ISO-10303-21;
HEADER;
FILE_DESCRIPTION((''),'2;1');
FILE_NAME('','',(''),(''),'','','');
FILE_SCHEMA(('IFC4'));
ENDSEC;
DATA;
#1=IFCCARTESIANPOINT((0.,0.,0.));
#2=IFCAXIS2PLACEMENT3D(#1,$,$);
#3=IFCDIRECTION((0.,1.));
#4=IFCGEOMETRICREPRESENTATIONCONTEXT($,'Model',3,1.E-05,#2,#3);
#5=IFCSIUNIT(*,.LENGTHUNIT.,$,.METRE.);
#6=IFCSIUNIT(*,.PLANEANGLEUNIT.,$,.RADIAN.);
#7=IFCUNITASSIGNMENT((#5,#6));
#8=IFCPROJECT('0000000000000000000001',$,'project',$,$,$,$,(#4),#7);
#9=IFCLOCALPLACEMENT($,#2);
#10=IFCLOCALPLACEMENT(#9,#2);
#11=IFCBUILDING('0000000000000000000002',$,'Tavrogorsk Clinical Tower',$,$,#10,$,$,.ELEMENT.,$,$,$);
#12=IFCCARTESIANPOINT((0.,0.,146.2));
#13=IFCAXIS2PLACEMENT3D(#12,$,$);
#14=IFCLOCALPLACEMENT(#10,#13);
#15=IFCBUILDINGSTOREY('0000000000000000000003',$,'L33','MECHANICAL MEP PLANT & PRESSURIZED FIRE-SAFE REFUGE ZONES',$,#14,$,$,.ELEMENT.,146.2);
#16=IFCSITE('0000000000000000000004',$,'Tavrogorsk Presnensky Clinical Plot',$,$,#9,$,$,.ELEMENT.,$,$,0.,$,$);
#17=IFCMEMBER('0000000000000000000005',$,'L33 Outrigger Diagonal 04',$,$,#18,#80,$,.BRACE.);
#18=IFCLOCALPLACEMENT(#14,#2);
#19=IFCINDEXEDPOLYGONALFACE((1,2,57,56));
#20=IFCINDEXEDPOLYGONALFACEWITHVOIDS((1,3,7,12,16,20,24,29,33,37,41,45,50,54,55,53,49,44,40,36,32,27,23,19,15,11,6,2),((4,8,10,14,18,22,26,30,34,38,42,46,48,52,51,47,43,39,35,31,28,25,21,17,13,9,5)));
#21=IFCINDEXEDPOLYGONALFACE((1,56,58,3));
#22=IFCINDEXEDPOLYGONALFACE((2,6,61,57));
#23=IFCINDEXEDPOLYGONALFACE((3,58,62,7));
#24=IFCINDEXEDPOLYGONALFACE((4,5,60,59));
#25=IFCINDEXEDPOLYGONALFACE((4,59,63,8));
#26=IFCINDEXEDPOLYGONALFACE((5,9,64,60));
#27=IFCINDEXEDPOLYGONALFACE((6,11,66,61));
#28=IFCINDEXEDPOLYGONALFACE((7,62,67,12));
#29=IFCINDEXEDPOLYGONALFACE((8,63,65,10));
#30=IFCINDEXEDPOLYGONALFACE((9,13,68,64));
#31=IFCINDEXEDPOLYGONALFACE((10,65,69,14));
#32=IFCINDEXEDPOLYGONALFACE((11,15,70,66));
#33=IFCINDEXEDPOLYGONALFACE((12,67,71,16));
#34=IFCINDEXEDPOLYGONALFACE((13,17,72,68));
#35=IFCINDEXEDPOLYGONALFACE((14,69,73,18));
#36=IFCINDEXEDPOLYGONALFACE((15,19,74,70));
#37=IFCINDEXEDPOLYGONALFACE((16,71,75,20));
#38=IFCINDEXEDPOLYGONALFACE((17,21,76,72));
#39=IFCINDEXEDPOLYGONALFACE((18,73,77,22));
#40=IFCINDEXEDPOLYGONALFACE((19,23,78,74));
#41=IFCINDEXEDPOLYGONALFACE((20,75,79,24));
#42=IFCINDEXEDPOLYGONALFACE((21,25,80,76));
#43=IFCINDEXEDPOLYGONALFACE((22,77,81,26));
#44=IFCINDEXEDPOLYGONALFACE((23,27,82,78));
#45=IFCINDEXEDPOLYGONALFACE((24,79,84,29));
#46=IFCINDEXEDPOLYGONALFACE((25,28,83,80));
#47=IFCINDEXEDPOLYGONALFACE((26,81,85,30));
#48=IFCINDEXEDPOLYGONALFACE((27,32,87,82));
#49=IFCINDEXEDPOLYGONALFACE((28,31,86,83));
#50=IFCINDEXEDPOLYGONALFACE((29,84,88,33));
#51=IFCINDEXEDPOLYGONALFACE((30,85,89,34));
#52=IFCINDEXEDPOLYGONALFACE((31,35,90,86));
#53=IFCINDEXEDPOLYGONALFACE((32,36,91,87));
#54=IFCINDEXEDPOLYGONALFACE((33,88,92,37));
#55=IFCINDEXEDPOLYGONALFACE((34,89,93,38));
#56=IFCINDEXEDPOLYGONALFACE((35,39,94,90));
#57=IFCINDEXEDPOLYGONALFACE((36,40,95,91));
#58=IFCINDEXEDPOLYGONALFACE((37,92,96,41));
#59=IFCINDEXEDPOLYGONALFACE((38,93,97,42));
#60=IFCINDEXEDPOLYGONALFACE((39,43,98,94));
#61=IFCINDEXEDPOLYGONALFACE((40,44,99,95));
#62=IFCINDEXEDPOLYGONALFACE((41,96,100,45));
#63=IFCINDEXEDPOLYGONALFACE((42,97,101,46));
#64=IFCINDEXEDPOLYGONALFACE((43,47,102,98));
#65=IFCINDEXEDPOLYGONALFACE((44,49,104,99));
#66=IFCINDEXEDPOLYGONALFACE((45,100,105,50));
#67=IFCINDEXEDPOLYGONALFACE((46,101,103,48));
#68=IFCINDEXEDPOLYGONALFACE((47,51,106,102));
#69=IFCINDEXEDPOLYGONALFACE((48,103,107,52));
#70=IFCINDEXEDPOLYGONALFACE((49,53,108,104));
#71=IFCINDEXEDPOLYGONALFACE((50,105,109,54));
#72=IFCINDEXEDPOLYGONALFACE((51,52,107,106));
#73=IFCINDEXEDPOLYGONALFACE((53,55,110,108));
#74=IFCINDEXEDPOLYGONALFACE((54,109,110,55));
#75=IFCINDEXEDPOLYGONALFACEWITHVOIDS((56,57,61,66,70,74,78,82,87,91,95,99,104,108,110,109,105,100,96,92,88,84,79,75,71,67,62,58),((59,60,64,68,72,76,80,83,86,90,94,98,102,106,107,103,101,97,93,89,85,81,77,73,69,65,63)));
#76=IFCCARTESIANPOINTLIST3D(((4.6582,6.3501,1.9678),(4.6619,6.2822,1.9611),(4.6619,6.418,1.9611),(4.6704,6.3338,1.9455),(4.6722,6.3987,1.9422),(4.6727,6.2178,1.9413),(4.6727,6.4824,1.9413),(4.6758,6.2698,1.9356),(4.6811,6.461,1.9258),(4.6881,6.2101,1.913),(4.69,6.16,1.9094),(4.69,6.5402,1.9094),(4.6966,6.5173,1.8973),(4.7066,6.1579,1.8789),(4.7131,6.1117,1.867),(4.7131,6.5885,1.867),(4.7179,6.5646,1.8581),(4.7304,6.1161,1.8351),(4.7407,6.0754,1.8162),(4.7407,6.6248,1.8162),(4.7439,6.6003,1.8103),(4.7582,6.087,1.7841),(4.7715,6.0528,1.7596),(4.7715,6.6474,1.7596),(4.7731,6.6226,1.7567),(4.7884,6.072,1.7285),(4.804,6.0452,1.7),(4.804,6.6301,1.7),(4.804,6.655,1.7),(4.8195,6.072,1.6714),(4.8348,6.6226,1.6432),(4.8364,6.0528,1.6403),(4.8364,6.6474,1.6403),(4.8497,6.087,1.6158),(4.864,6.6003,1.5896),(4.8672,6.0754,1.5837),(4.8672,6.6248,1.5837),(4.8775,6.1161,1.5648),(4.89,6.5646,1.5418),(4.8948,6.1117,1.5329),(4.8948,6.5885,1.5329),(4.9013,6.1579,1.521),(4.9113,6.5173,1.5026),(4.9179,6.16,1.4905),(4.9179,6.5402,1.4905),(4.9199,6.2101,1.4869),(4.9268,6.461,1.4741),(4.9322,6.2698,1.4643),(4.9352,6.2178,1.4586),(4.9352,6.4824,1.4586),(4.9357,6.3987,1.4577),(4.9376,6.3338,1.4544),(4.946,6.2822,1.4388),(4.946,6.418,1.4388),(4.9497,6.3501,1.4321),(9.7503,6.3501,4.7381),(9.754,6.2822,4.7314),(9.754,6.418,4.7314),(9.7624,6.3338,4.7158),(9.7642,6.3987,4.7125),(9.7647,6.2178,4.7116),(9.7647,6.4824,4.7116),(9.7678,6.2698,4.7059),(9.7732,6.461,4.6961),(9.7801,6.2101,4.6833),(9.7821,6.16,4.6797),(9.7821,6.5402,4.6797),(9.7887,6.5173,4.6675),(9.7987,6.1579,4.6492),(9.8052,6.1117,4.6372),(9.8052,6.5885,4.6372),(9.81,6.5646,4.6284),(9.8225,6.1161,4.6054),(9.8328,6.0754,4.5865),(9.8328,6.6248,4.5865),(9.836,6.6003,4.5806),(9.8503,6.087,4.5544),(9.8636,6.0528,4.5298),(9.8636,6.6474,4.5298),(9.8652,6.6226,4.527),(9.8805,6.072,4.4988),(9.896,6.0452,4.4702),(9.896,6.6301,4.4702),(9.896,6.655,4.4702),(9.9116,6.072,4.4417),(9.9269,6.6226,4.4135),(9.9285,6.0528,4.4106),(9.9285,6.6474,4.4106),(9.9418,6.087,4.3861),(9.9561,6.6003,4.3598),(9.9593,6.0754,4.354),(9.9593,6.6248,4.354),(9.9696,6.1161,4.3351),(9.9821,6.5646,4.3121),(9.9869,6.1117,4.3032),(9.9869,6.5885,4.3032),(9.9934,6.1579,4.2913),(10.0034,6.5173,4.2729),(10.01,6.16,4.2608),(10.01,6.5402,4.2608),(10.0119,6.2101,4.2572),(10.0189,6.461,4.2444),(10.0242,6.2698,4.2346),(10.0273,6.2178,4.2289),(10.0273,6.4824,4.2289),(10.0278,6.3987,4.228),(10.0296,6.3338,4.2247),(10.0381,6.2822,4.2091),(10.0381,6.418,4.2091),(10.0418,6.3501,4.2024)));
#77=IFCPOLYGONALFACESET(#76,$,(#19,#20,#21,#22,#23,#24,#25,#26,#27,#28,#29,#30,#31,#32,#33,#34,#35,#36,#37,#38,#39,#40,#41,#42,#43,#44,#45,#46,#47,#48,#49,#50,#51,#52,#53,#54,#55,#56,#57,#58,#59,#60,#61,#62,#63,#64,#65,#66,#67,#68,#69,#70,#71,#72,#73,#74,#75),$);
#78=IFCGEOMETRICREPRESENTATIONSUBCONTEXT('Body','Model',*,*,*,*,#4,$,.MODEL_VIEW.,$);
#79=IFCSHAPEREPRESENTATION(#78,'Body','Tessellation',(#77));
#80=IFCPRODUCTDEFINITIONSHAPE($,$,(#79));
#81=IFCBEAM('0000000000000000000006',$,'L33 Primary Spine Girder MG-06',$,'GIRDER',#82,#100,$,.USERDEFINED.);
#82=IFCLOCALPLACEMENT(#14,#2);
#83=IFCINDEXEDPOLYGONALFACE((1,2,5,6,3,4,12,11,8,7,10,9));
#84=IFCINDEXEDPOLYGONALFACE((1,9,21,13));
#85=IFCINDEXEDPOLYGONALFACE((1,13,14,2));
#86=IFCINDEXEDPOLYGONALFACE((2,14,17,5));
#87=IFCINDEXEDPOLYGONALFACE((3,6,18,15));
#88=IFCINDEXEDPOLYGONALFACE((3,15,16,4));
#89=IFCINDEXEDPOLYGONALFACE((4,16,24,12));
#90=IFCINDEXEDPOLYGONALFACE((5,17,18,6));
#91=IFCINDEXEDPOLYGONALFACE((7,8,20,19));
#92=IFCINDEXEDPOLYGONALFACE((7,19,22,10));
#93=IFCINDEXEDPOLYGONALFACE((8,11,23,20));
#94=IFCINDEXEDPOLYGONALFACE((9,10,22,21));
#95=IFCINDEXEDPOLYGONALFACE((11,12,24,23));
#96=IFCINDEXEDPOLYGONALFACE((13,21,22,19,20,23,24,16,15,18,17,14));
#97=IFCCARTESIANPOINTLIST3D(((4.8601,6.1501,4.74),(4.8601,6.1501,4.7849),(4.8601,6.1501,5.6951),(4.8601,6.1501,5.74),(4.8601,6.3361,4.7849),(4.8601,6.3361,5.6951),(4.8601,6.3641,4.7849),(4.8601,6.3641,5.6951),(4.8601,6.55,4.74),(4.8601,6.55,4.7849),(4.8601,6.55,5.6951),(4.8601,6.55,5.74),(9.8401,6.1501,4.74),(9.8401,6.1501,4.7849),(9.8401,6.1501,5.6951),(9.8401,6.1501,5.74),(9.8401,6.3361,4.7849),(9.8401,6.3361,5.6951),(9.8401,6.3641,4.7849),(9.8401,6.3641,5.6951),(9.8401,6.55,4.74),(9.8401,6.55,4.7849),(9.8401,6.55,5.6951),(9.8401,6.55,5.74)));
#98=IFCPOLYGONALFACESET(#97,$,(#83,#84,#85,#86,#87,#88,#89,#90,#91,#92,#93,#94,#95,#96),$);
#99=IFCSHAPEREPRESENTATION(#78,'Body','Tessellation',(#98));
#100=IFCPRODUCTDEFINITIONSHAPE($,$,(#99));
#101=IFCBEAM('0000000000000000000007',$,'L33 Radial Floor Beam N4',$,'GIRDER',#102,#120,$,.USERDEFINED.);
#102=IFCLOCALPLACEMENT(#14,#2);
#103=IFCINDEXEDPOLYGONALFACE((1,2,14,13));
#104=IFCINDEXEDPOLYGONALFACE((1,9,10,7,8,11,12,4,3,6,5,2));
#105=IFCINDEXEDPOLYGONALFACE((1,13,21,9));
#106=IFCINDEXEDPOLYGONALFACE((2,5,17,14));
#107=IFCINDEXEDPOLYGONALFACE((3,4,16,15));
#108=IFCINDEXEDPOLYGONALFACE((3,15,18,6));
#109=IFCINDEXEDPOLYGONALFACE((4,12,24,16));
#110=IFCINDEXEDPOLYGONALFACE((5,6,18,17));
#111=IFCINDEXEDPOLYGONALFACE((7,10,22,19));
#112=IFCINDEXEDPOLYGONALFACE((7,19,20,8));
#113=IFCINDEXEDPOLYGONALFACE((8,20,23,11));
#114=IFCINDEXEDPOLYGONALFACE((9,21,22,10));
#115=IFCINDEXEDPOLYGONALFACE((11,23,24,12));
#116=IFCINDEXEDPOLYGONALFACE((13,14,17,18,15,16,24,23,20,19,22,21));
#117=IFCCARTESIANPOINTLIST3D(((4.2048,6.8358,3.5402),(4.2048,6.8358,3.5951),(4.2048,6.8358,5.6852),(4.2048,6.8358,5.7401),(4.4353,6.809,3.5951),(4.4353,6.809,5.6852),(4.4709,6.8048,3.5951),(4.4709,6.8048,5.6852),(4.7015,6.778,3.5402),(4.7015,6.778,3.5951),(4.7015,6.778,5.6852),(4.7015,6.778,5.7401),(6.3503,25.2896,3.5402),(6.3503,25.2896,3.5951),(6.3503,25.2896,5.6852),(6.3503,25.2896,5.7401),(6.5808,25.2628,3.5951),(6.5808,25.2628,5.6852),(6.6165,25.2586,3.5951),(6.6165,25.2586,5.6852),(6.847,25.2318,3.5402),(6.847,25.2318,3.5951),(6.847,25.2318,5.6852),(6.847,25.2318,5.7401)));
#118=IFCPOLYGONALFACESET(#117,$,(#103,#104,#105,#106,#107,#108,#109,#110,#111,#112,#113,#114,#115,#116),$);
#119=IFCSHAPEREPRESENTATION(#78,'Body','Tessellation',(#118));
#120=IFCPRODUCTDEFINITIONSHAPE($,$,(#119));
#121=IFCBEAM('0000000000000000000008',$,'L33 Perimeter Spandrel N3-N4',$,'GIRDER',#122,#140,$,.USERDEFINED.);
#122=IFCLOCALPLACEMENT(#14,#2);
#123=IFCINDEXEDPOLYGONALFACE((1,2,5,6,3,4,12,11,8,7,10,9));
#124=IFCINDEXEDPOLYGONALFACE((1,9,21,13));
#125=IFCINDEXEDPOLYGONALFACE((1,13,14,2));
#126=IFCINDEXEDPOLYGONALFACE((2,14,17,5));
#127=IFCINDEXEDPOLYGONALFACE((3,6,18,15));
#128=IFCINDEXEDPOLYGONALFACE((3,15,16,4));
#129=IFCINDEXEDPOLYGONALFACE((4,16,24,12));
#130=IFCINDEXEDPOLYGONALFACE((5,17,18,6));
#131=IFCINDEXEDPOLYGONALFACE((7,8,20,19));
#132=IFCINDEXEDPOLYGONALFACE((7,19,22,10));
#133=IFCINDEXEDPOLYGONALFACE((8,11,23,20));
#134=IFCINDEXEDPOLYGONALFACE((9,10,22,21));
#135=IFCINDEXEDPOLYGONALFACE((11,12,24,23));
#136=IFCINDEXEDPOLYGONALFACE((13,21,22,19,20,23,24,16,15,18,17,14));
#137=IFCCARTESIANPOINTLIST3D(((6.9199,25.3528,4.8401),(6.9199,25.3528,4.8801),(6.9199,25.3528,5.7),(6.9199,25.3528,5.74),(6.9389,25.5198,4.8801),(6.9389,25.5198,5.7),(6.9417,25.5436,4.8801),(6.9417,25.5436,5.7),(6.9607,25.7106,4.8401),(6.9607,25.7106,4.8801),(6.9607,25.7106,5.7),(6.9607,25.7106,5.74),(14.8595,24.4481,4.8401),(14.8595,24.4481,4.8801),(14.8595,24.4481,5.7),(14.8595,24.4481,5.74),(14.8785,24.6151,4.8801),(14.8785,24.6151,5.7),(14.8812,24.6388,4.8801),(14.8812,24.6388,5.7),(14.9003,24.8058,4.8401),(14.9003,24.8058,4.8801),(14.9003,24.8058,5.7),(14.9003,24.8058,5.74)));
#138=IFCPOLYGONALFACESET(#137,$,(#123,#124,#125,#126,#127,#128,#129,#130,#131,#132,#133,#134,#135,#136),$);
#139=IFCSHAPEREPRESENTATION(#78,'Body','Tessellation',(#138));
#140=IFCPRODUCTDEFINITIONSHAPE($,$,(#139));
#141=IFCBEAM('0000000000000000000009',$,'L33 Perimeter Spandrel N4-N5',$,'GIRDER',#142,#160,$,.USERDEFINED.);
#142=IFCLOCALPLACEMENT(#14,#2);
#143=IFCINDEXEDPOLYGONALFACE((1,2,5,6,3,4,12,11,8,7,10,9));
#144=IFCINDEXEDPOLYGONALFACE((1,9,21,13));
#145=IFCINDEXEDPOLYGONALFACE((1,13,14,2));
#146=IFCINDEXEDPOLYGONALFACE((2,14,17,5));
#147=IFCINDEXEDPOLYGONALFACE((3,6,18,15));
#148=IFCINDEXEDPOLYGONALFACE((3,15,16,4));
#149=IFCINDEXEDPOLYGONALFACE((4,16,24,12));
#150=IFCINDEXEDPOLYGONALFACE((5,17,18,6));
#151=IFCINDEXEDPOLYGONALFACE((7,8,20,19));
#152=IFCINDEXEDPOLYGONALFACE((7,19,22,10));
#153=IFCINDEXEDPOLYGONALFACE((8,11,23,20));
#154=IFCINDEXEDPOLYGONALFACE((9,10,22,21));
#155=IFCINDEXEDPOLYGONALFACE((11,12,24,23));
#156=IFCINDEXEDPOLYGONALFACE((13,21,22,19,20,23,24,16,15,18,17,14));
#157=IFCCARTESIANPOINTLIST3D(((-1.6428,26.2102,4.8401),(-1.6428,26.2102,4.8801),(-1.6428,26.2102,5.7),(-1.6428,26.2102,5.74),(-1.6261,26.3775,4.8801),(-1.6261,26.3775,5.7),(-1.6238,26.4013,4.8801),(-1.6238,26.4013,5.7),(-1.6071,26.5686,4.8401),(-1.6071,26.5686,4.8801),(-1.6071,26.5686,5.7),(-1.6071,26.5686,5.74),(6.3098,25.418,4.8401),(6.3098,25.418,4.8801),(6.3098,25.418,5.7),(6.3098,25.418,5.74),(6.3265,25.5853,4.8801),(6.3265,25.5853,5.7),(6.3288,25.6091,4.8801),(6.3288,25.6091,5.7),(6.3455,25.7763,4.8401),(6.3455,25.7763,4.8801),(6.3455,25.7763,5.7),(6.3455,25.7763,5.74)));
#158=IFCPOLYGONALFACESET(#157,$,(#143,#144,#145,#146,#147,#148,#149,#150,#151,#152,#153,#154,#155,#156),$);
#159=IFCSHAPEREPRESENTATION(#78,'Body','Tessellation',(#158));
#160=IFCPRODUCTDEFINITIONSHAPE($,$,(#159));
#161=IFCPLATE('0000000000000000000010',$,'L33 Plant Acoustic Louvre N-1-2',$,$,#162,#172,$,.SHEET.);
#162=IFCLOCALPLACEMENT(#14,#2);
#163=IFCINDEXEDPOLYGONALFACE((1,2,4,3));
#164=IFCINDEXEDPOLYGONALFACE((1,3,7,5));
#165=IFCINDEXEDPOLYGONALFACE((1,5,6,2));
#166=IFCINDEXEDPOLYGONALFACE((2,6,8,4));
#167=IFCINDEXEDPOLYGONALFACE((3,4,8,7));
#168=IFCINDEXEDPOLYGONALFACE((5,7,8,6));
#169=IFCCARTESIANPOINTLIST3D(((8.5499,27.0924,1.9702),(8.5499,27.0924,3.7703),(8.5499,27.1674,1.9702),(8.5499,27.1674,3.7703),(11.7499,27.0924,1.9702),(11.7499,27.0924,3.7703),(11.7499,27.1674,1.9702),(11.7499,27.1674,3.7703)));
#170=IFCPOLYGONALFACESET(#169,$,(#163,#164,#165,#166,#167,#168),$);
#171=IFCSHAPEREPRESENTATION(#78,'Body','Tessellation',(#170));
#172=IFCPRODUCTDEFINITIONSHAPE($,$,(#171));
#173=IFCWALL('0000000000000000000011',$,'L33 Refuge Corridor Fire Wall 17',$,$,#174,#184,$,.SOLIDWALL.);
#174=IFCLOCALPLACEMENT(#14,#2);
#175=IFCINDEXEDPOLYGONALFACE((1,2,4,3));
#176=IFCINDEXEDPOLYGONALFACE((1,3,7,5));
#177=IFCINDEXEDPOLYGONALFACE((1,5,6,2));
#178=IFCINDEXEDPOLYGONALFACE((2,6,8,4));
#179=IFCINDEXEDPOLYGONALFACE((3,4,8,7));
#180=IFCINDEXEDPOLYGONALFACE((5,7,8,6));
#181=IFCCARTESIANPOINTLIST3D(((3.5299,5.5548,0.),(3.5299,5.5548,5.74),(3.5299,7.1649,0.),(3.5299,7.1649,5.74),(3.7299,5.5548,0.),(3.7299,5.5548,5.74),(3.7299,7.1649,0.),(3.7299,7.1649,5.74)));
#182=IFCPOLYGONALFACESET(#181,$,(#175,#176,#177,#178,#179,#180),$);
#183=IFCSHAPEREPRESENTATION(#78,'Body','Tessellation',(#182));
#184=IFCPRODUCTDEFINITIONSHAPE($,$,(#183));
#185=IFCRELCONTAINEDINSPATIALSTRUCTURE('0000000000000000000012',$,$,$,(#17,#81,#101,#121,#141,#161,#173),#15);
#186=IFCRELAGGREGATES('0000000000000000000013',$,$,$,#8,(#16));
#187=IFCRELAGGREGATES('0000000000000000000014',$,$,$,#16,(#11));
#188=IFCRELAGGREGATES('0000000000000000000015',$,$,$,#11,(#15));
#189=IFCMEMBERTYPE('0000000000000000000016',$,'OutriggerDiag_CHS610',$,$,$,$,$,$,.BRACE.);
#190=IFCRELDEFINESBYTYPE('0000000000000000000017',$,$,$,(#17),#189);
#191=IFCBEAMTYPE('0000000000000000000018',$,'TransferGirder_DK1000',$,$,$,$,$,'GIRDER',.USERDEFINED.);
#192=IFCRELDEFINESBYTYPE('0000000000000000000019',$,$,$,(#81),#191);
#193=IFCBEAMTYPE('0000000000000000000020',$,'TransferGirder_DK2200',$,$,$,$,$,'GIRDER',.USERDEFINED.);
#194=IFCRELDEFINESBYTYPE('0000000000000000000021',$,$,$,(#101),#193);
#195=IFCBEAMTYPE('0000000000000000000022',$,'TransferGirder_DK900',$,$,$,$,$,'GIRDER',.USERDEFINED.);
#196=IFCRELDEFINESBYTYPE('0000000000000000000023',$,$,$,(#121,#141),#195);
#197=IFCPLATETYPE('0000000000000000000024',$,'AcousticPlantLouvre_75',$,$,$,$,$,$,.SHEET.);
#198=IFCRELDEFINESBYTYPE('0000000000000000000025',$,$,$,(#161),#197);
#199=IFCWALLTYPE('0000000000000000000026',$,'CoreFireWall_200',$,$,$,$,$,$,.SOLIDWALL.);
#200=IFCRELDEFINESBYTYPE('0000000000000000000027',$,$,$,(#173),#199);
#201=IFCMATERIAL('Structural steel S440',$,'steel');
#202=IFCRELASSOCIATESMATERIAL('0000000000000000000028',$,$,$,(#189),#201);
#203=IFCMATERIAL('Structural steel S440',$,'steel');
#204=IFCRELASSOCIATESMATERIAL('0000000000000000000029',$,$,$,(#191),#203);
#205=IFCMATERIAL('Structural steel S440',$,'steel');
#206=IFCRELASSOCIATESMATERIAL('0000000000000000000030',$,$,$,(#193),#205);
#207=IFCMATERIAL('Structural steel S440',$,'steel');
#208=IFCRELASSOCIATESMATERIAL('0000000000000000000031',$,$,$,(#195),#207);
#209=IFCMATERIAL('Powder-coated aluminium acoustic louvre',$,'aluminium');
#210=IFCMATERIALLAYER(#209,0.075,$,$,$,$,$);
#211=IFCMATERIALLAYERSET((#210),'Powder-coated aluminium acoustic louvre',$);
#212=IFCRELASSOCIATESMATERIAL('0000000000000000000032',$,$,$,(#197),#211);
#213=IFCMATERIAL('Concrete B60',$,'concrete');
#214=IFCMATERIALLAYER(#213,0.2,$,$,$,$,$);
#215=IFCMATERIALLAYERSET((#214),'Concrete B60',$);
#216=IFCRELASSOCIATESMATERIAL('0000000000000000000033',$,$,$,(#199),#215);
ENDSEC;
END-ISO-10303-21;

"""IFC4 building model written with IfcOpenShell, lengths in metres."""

from ifc_helpers import new_model, si_unit, direction, frame, frame_2d, origin, origin_2d, place, context, subcontext, project, spatial, rectangle, hollow_circle, i_section, extrude, material, layer, layer_set, material_profile, profile_set, type_object, element, save


model = new_model("IFC4")

# Units and contexts
model_context = context("Model", 3, precision=1e-05, world=origin(), true_north=direction((0.0, 1.0)))
body_context = subcontext(model_context, "Body", "Model", "MODEL_VIEW")
ifc_project = project(units=[si_unit("LENGTHUNIT", "METRE"), si_unit("PLANEANGLEUNIT", "RADIAN")], contexts=[model_context])

# Site, building, storey
site_placement = place(None, origin())
site = spatial("IfcSite", under=ifc_project, at=site_placement, Name="Tavrogorsk Presnensky Clinical Plot", CompositionType="ELEMENT", RefElevation=0.0)
building_placement = place(site_placement, origin())
building = spatial("IfcBuilding", under=site, at=building_placement, Name="Tavrogorsk Clinical Tower", CompositionType="ELEMENT")
storey_placement = place(building_placement, frame((0.0, 0.0, 146.2)))
storey = spatial("IfcBuildingStorey", under=building, at=storey_placement, Name="L33", Description="MECHANICAL MEP PLANT & PRESSURIZED FIRE-SAFE REFUGE ZONES", CompositionType="ELEMENT", Elevation=146.2)

# Member
ifc_material_1 = material(Name="Structural steel S440", Category="steel")
ifc_material_profile_1 = material_profile(ifc_material_1, hollow_circle(Radius=0.3049, WallThickness=0.0249, at=origin_2d()), Name="CHS-610x25")
ifc_profile_set_1 = profile_set([ifc_material_profile_1], Name="Structural steel S440")
member_type_1 = type_object("IfcMemberType", Name="OutriggerDiag_CHS610", PredefinedType="BRACE", material=ifc_profile_set_1)
member_1_placement = place(storey_placement, frame((4.804, 6.3501, 1.7), z_axis=(0.878418, 0.0, 0.477893), x_axis=(0.0, 1.0, 0.0)))
element("IfcMember", 1, at=member_1_placement, inside=storey, type_object=member_type_1, Name="L33 Outrigger Diagonal 04", PredefinedType="BRACE", context=body_context, shape_type="SweptSolid", body=[
    extrude(hollow_circle(Radius=0.3049, WallThickness=0.0249, at=origin_2d()), origin(), (0.0, 0.0, 1.0), 5.7969),
])

# Beams
ifc_material_2 = material(Name="Structural steel S440", Category="steel")
ifc_material_profile_2 = material_profile(ifc_material_2, i_section(OverallWidth=0.3999, OverallDepth=1.0, WebThickness=0.0281, FlangeThickness=0.0449, at=origin_2d()), Name="DK-1000x400x28x45")
ifc_profile_set_2 = profile_set([ifc_material_profile_2], Name="Structural steel S440")
beam_type_1 = type_object("IfcBeamType", Name="TransferGirder_DK1000", ElementType="GIRDER", PredefinedType="USERDEFINED", material=ifc_profile_set_2)
beam_1_placement = place(storey_placement, frame((4.8601, 6.3501, 5.24), z_axis=(1.0, 0.0, 0.0), x_axis=(0.0, 1.0, 0.0)))
element("IfcBeam", 2, at=beam_1_placement, inside=storey, type_object=beam_type_1, Name="L33 Primary Spine Girder MG-06", ObjectType="GIRDER", PredefinedType="USERDEFINED", context=body_context, shape_type="SweptSolid", body=[
    extrude(i_section(OverallWidth=0.3999, OverallDepth=1.0, WebThickness=0.0281, FlangeThickness=0.0449, at=origin_2d()), origin(), (0.0, 0.0, 1.0), 4.98),
])
ifc_material_3 = material(Name="Structural steel S440", Category="steel")
ifc_material_profile_3 = material_profile(ifc_material_3, i_section(OverallWidth=0.5, OverallDepth=2.2, WebThickness=0.0359, FlangeThickness=0.0549, at=origin_2d()), Name="DK-2200x500x36x55")
ifc_profile_set_3 = profile_set([ifc_material_profile_3], Name="Structural steel S440")
beam_type_2 = type_object("IfcBeamType", Name="TransferGirder_DK2200", ElementType="GIRDER", PredefinedType="USERDEFINED", material=ifc_profile_set_3)
beam_2_placement = place(storey_placement, frame((4.4531, 6.8069, 4.6401), z_axis=(0.115485, 0.993309, 0.0), x_axis=(-0.993309, 0.115485, 0.0)))
element("IfcBeam", 3, at=beam_2_placement, inside=storey, type_object=beam_type_2, Name="L33 Radial Floor Beam N4", ObjectType="GIRDER", PredefinedType="USERDEFINED", context=body_context, shape_type="SweptSolid", body=[
    extrude(i_section(OverallWidth=0.5, OverallDepth=2.2, WebThickness=0.0359, FlangeThickness=0.0549, at=origin_2d()), origin(), (0.0, 0.0, 1.0), 18.5781),
])
ifc_material_4 = material(Name="Structural steel S440", Category="steel")
ifc_material_profile_4 = material_profile(ifc_material_4, i_section(OverallWidth=0.3601, OverallDepth=0.8999, WebThickness=0.0239, FlangeThickness=0.04, at=origin_2d()), Name="DK-900x360x24x40")
ifc_profile_set_4 = profile_set([ifc_material_profile_4], Name="Structural steel S440")
beam_type_3 = type_object("IfcBeamType", Name="TransferGirder_DK900", ElementType="GIRDER", PredefinedType="USERDEFINED", material=ifc_profile_set_4)
beam_3_placement = place(storey_placement, frame((14.8799, 24.627, 5.29), z_axis=(-0.993569, 0.113224, 0.0), x_axis=(-0.113224, -0.993569, 0.0)))
element("IfcBeam", 4, at=beam_3_placement, inside=storey, type_object=beam_type_3, Name="L33 Perimeter Spandrel N3-N4", ObjectType="GIRDER", PredefinedType="USERDEFINED", context=body_context, shape_type="SweptSolid", body=[
    extrude(i_section(OverallWidth=0.3601, OverallDepth=0.8999, WebThickness=0.0239, FlangeThickness=0.04, at=origin_2d()), origin(), (0.0, 0.0, 1.0), 7.991),
])
beam_4_placement = place(storey_placement, frame((6.3276, 25.5972, 5.29), z_axis=(-0.995075, 0.099129, 0.0), x_axis=(-0.099129, -0.995075, 0.0)))
element("IfcBeam", 5, at=beam_4_placement, inside=storey, type_object=beam_type_3, Name="L33 Perimeter Spandrel N4-N5", ObjectType="GIRDER", PredefinedType="USERDEFINED", context=body_context, shape_type="SweptSolid", body=[
    extrude(i_section(OverallWidth=0.3601, OverallDepth=0.8999, WebThickness=0.0239, FlangeThickness=0.04, at=origin_2d()), origin(), (0.0, 0.0, 1.0), 7.9919),
])

# Plate
ifc_material_5 = material(Name="Powder-coated aluminium acoustic louvre", Category="aluminium")
ifc_layer_1 = layer(ifc_material_5, 0.075)
ifc_layer_set_1 = layer_set([ifc_layer_1], Name="Powder-coated aluminium acoustic louvre")
plate_type = type_object("IfcPlateType", Name="AcousticPlantLouvre_75", PredefinedType="SHEET", material=ifc_layer_set_1)
plate_placement = place(storey_placement, frame((10.1499, 27.1299, 1.9702), z_axis=(0.0, 0.0, 1.0), x_axis=(-1.0, 0.0, 0.0)))
element("IfcPlate", 6, at=plate_placement, inside=storey, type_object=plate_type, Name="L33 Plant Acoustic Louvre N-1-2", PredefinedType="SHEET", context=body_context, shape_type="SweptSolid", body=[
    extrude(rectangle(XDim=3.2, YDim=0.075, at=origin_2d()), origin(), (0.0, 0.0, 1.0), 1.8),
])

# Wall
ifc_material_6 = material(Name="Concrete B60", Category="concrete")
ifc_layer_2 = layer(ifc_material_6, 0.2)
ifc_layer_set_2 = layer_set([ifc_layer_2], Name="Concrete B60")
wall_type = type_object("IfcWallType", Name="CoreFireWall_200", PredefinedType="SOLIDWALL", material=ifc_layer_set_2)
wall_1_placement = place(storey_placement, frame((3.6299, 7.165, 0.0), z_axis=(0.0, 0.0, 1.0), x_axis=(0.0, -1.0, 0.0)))
element("IfcWall", 7, at=wall_1_placement, inside=storey, type_object=wall_type, Name="L33 Refuge Corridor Fire Wall 17", PredefinedType="SOLIDWALL", context=body_context, shape_type="SweptSolid", body=[
    extrude(rectangle(XDim=1.6101, YDim=0.2, at=frame_2d((0.8052, 0.0))), origin(), (0.0, 0.0, 1.0), 5.74),
])

save(model, "model.ifc")
